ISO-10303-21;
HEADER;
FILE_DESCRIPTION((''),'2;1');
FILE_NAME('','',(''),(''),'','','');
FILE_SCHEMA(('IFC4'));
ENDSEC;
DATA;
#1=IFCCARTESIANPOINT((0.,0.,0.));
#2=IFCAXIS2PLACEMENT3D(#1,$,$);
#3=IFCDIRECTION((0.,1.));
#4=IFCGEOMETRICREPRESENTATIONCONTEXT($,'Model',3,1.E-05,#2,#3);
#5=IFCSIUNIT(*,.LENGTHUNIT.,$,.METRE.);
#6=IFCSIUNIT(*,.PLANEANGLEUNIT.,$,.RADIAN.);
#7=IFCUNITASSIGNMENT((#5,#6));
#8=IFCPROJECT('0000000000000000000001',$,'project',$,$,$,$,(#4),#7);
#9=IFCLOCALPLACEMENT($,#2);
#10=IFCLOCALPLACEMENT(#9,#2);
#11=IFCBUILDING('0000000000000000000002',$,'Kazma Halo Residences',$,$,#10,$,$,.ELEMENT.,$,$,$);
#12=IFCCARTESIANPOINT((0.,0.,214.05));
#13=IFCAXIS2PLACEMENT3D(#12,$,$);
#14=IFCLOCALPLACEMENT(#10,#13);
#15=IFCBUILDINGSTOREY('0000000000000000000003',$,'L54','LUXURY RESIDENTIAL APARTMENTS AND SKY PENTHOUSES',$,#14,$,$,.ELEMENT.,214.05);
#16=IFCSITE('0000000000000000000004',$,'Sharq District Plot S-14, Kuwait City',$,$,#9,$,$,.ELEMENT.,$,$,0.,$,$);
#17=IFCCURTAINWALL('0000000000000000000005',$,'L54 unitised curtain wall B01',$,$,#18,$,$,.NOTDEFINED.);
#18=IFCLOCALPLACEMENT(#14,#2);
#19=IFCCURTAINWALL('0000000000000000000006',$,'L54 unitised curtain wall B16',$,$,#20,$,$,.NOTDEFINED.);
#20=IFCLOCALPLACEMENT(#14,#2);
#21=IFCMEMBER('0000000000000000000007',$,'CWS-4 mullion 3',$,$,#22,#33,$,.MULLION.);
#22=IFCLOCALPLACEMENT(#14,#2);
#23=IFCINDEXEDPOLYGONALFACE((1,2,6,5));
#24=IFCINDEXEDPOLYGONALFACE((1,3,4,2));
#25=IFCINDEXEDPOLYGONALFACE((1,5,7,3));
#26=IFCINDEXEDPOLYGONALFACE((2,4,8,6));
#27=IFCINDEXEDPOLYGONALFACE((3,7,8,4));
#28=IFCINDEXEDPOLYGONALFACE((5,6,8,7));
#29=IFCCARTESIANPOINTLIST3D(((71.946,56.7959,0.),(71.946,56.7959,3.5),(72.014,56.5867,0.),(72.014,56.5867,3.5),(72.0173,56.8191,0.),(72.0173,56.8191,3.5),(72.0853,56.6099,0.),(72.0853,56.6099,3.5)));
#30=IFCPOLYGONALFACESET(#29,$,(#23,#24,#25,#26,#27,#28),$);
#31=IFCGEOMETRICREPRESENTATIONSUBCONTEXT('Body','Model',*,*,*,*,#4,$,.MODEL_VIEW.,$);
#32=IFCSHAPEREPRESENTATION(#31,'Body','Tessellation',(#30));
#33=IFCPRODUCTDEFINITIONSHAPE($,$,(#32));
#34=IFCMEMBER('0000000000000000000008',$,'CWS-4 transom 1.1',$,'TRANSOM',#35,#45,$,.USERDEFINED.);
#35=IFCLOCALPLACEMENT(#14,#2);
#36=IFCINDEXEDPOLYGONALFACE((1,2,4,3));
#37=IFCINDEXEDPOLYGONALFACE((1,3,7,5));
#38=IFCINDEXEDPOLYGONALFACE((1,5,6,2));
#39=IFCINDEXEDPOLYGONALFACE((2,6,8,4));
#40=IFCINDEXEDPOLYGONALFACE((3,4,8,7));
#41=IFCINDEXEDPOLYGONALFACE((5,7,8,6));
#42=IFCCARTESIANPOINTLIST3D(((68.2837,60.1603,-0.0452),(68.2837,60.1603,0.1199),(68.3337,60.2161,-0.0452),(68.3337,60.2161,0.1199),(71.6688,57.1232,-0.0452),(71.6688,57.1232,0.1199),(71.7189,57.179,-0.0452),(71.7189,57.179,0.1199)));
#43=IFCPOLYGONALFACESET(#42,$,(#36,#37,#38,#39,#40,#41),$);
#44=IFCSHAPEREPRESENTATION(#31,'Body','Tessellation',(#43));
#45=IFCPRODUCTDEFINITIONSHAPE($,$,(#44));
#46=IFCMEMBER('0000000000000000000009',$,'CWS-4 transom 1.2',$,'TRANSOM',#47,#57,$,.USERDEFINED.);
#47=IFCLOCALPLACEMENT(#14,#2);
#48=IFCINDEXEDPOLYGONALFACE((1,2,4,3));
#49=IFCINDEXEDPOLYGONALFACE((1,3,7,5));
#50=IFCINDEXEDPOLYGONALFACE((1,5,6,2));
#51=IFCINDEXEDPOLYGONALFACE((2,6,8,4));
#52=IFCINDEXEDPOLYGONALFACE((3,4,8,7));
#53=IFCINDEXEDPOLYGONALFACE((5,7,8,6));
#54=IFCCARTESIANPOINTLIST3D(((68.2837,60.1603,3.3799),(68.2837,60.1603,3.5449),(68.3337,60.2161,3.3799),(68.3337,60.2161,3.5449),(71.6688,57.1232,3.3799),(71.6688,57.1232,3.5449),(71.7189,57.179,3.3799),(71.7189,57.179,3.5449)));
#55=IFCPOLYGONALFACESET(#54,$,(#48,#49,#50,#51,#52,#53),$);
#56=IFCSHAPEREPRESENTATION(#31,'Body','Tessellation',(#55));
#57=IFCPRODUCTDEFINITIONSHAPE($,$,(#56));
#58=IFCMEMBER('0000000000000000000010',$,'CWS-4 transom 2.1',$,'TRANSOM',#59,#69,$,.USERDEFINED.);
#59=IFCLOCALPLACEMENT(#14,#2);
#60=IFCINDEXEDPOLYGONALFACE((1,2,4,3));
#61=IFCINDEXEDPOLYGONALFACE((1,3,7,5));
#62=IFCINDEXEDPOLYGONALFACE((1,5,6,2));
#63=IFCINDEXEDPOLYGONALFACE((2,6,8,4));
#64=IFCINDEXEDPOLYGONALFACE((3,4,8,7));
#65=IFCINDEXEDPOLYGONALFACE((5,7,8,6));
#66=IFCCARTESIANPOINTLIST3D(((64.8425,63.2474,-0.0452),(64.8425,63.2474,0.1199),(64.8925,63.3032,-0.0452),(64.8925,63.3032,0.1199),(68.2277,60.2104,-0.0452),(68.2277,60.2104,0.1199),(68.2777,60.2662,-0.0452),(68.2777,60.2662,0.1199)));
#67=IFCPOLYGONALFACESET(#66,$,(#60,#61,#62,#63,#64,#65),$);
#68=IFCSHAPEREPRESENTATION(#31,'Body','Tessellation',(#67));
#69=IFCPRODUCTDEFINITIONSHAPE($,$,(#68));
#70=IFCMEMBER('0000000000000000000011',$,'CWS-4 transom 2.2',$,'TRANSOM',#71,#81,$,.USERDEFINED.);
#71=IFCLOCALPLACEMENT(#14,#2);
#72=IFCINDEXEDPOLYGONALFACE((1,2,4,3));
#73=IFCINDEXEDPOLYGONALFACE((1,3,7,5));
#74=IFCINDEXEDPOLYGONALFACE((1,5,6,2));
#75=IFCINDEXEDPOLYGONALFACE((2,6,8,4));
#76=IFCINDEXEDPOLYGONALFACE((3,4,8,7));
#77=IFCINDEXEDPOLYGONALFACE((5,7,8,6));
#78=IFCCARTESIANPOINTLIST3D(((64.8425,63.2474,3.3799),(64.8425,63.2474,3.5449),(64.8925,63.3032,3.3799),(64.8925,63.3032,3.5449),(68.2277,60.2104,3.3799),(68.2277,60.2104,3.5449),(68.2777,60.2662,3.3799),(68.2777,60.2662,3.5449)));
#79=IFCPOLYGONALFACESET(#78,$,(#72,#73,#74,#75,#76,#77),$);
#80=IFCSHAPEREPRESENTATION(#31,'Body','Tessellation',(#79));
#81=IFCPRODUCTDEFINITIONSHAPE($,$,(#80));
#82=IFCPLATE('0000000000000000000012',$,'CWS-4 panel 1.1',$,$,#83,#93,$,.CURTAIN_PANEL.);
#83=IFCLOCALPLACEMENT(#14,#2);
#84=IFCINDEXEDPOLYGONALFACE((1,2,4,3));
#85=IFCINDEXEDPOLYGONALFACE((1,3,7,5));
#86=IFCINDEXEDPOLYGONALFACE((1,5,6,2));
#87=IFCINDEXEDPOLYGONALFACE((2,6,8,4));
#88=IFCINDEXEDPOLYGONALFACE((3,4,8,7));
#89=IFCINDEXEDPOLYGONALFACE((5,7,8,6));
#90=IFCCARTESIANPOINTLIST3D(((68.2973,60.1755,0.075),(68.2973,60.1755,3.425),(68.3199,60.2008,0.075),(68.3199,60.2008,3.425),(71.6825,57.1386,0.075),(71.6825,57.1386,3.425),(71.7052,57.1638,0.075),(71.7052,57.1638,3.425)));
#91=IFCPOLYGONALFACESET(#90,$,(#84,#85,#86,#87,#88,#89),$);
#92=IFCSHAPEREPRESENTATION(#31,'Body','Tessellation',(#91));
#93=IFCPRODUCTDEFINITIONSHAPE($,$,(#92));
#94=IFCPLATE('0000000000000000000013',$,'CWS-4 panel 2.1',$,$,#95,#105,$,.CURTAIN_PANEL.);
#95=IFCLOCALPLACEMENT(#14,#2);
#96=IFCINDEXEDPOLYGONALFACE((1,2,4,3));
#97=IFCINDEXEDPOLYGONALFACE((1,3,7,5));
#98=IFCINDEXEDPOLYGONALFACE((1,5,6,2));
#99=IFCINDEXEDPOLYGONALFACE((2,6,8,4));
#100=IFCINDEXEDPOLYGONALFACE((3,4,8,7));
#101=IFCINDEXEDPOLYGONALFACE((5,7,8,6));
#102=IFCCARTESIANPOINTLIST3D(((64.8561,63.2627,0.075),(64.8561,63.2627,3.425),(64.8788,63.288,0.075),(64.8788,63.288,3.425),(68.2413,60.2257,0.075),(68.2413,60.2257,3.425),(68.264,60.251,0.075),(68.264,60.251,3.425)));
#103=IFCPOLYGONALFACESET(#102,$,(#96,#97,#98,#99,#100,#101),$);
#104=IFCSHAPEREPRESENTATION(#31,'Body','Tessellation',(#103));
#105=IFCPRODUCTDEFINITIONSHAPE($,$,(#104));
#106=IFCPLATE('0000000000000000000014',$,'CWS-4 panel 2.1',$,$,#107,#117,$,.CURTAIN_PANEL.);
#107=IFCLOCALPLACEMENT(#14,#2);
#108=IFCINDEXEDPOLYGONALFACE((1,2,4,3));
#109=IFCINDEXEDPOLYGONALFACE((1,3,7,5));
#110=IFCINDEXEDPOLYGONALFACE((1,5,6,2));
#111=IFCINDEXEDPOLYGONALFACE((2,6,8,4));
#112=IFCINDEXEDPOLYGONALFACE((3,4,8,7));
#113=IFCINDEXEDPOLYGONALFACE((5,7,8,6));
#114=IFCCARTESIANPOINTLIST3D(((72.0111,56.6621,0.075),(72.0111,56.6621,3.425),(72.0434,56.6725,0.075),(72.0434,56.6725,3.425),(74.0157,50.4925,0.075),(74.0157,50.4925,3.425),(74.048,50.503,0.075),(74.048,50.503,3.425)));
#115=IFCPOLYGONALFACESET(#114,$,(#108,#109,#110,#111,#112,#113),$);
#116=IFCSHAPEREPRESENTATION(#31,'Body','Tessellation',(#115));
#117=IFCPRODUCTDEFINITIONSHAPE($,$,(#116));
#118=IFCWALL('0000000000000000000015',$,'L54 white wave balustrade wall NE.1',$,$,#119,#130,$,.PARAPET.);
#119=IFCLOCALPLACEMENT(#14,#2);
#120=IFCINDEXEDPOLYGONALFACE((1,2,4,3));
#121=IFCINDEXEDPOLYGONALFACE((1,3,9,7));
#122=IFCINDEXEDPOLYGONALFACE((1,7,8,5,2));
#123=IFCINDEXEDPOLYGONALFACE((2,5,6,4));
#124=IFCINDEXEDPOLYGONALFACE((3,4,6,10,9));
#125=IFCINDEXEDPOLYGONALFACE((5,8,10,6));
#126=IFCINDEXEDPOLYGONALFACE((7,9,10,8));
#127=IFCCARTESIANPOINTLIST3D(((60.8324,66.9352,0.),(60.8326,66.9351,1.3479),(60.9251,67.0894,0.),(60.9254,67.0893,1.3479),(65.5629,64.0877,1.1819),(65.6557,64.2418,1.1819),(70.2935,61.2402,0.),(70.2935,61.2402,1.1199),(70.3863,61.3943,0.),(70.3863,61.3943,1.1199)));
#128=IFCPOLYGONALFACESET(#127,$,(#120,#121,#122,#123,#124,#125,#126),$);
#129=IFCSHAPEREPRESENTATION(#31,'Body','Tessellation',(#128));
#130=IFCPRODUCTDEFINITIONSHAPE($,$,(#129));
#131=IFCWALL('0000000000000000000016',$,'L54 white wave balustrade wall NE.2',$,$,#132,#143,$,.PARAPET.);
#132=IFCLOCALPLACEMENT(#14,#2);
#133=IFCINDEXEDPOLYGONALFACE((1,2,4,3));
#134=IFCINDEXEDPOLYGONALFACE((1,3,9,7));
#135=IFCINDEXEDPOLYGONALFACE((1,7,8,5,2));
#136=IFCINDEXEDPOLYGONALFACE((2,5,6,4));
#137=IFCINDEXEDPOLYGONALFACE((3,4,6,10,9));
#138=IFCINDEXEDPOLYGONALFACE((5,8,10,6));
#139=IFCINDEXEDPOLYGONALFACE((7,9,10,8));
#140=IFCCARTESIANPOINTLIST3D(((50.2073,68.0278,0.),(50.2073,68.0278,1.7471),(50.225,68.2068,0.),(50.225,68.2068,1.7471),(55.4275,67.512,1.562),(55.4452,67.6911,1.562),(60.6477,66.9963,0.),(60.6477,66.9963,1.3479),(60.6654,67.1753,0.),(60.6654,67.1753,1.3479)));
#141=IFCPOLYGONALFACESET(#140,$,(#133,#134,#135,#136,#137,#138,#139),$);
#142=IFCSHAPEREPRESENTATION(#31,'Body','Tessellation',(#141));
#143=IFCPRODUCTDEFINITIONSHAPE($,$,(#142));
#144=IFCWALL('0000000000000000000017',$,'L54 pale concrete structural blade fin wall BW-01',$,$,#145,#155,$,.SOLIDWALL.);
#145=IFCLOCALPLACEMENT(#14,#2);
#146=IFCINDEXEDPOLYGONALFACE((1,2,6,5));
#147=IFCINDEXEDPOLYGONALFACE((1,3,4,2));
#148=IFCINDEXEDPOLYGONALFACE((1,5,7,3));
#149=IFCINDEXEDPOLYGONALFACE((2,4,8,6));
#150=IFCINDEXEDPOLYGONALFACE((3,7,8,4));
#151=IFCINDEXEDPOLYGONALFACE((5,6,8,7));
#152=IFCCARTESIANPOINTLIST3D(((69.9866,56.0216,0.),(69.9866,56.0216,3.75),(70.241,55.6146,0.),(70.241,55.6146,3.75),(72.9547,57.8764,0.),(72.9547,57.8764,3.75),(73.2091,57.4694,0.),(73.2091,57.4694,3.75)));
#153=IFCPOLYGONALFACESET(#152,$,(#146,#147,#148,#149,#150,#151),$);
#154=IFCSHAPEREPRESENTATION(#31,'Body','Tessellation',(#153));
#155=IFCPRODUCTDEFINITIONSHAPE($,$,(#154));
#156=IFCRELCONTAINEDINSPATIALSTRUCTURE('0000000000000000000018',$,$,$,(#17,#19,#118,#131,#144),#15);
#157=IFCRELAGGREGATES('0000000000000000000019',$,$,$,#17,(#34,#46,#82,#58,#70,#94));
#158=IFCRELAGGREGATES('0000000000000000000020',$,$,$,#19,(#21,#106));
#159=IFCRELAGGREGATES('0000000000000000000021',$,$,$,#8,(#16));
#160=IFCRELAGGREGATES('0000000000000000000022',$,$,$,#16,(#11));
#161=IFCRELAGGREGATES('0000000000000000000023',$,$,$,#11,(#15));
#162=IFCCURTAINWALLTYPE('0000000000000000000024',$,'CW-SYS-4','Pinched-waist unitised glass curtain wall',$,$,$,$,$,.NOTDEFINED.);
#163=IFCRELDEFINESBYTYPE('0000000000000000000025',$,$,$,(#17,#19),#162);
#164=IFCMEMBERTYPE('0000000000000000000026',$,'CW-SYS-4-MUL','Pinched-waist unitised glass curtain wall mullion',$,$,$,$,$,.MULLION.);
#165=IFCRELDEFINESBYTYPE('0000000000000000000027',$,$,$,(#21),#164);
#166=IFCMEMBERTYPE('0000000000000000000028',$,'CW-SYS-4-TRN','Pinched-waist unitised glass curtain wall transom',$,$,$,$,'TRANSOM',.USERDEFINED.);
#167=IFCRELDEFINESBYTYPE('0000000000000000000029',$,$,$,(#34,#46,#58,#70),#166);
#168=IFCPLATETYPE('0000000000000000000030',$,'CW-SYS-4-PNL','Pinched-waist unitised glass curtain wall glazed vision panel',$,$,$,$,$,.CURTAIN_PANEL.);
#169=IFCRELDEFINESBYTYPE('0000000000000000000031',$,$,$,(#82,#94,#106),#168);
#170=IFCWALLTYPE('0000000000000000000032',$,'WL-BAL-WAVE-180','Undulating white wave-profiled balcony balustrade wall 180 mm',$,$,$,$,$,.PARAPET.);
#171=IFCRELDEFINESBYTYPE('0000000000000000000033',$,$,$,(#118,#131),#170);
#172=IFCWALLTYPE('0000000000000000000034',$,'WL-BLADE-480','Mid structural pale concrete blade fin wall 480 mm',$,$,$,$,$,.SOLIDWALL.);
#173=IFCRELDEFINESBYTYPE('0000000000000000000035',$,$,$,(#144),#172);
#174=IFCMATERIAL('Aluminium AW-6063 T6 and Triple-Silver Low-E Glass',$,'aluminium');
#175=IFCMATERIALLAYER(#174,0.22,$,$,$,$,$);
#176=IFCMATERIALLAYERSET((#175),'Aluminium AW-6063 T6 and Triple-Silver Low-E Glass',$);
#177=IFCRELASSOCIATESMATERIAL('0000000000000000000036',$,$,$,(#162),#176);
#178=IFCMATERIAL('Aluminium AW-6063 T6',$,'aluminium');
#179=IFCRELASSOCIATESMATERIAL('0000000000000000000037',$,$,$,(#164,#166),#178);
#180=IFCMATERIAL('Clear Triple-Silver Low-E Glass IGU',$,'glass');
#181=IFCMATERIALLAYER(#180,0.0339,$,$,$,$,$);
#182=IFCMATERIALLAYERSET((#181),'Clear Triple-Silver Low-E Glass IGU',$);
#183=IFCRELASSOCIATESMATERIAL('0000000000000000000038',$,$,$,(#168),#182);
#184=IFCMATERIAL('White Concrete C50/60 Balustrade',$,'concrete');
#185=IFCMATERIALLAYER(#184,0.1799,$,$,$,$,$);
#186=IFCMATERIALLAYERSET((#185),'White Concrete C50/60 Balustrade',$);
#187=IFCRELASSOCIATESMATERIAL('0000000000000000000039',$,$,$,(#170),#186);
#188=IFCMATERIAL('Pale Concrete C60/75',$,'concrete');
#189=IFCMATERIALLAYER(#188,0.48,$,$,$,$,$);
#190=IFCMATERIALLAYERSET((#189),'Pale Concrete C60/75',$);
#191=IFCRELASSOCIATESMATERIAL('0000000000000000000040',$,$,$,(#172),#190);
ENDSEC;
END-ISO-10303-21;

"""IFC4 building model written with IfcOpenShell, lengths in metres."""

from ifc_helpers import new_model, si_unit, direction, frame, frame_2d, origin, origin_2d, place, context, subcontext, project, spatial, polyline, rectangle, outline, extrude, material, layer, layer_set, material_profile, profile_set, type_object, element, aggregate, save


model = new_model("IFC4")

# Units and contexts
model_context = context("Model", 3, precision=1e-05, world=origin(), true_north=direction((0.0, 1.0)))
body_context = subcontext(model_context, "Body", "Model", "MODEL_VIEW")
ifc_project = project(units=[si_unit("LENGTHUNIT", "METRE"), si_unit("PLANEANGLEUNIT", "RADIAN")], contexts=[model_context])

# Site, building, storey
site_placement = place(None, origin())
site = spatial("IfcSite", under=ifc_project, at=site_placement, Name="Sharq District Plot S-14, Kuwait City", CompositionType="ELEMENT", RefElevation=0.0)
building_placement = place(site_placement, origin())
building = spatial("IfcBuilding", under=site, at=building_placement, Name="Kazma Halo Residences", CompositionType="ELEMENT")
storey_placement = place(building_placement, frame((0.0, 0.0, 214.05)))
storey = spatial("IfcBuildingStorey", under=building, at=storey_placement, Name="L54", Description="LUXURY RESIDENTIAL APARTMENTS AND SKY PENTHOUSES", CompositionType="ELEMENT", Elevation=214.05)

# Curtain wall
ifc_material_1 = material(Name="Aluminium AW-6063 T6 and Triple-Silver Low-E Glass", Category="aluminium")
ifc_layer_1 = layer(ifc_material_1, 0.22)
ifc_layer_set_1 = layer_set([ifc_layer_1], Name="Aluminium AW-6063 T6 and Triple-Silver Low-E Glass")
curtain_wall_type = type_object("IfcCurtainWallType", Name="CW-SYS-4", Description="Pinched-waist unitised glass curtain wall", PredefinedType="NOTDEFINED", material=ifc_layer_set_1)
curtain_wall_1_placement = place(storey_placement, origin())
curtain_wall_1 = element("IfcCurtainWall", 1, at=curtain_wall_1_placement, inside=storey, type_object=curtain_wall_type, Name="L54 unitised curtain wall B01", PredefinedType="NOTDEFINED")
ifc_material_2 = material(Name="Aluminium AW-6063 T6", Category="aluminium")
ifc_material_profile_1 = material_profile(ifc_material_2, rectangle(XDim=0.075, YDim=0.22, at=origin_2d()), Name="CWM-75x220")
ifc_profile_set_1 = profile_set([ifc_material_profile_1], Name="Aluminium AW-6063 T6")
member_type_1 = type_object("IfcMemberType", Name="CW-SYS-4-MUL", Description="Pinched-waist unitised glass curtain wall mullion", PredefinedType="MULLION", material=ifc_profile_set_1)

# Curtain wall, member
curtain_wall_2_placement = place(storey_placement, origin())
curtain_wall_2 = element("IfcCurtainWall", 2, at=curtain_wall_2_placement, inside=storey, type_object=curtain_wall_type, Name="L54 unitised curtain wall B16", PredefinedType="NOTDEFINED")
member_1_placement = place(storey_placement, frame((72.0156, 56.7029, 0.0), z_axis=(0.0, 0.0, 1.0), x_axis=(-0.951057, -0.309016, 0.0)))
member_1 = element("IfcMember", 3, at=member_1_placement, type_object=member_type_1, Name="CWS-4 mullion 3", PredefinedType="MULLION", context=body_context, shape_type="SweptSolid", body=[
    extrude(rectangle(XDim=0.075, YDim=0.22, at=origin_2d()), origin(), (0.0, 0.0, 1.0), 3.5),
])

# Members
ifc_material_profile_2 = material_profile(ifc_material_2, rectangle(XDim=0.075, YDim=0.165, at=origin_2d()), Name="CWT-75x165")
ifc_profile_set_2 = profile_set([ifc_material_profile_2], Name="Aluminium AW-6063 T6")
member_type_2 = type_object("IfcMemberType", Name="CW-SYS-4-TRN", Description="Pinched-waist unitised glass curtain wall transom", ElementType="TRANSOM", PredefinedType="USERDEFINED", material=ifc_profile_set_2)
member_2_placement = place(storey_placement, frame((71.6938, 57.1511, 0.0374), z_axis=(-0.744345, 0.667795, 0.0), x_axis=(-0.667795, -0.744345, 0.0)))
member_2 = element("IfcMember", 4, at=member_2_placement, type_object=member_type_2, Name="CWS-4 transom 1.1", ObjectType="TRANSOM", PredefinedType="USERDEFINED", context=body_context, shape_type="SweptSolid", body=[
    extrude(rectangle(XDim=0.075, YDim=0.165, at=origin_2d()), origin(), (0.0, 0.0, 1.0), 4.5479),
])
member_3_placement = place(storey_placement, frame((71.6938, 57.1511, 3.4624), z_axis=(-0.744345, 0.667795, 0.0), x_axis=(-0.667795, -0.744345, 0.0)))
member_3 = element("IfcMember", 5, at=member_3_placement, type_object=member_type_2, Name="CWS-4 transom 1.2", ObjectType="TRANSOM", PredefinedType="USERDEFINED", context=body_context, shape_type="SweptSolid", body=[
    extrude(rectangle(XDim=0.075, YDim=0.165, at=origin_2d()), origin(), (0.0, 0.0, 1.0), 4.5479),
])
member_4_placement = place(storey_placement, frame((68.2527, 60.2383, 0.0374), z_axis=(-0.744345, 0.667795, 0.0), x_axis=(-0.667795, -0.744345, 0.0)))
member_4 = element("IfcMember", 6, at=member_4_placement, type_object=member_type_2, Name="CWS-4 transom 2.1", ObjectType="TRANSOM", PredefinedType="USERDEFINED", context=body_context, shape_type="SweptSolid", body=[
    extrude(rectangle(XDim=0.075, YDim=0.165, at=origin_2d()), origin(), (0.0, 0.0, 1.0), 4.5479),
])
member_5_placement = place(storey_placement, frame((68.2527, 60.2383, 3.4624), z_axis=(-0.744345, 0.667795, 0.0), x_axis=(-0.667795, -0.744345, 0.0)))
member_5 = element("IfcMember", 7, at=member_5_placement, type_object=member_type_2, Name="CWS-4 transom 2.2", ObjectType="TRANSOM", PredefinedType="USERDEFINED", context=body_context, shape_type="SweptSolid", body=[
    extrude(rectangle(XDim=0.075, YDim=0.165, at=origin_2d()), origin(), (0.0, 0.0, 1.0), 4.5479),
])

# Plates
ifc_material_3 = material(Name="Clear Triple-Silver Low-E Glass IGU", Category="glass")
ifc_layer_2 = layer(ifc_material_3, 0.0339)
ifc_layer_set_2 = layer_set([ifc_layer_2], Name="Clear Triple-Silver Low-E Glass IGU")
plate_type = type_object("IfcPlateType", Name="CW-SYS-4-PNL", Description="Pinched-waist unitised glass curtain wall glazed vision panel", PredefinedType="CURTAIN_PANEL", material=ifc_layer_set_2)
plate_1_placement = place(storey_placement, frame((70.0012, 58.6697, 0.075), z_axis=(0.0, 0.0, 1.0), x_axis=(-0.744355, 0.667784, 0.0)))
plate_1 = element("IfcPlate", 8, at=plate_1_placement, type_object=plate_type, Name="CWS-4 panel 1.1", PredefinedType="CURTAIN_PANEL", context=body_context, shape_type="SweptSolid", body=[
    extrude(rectangle(XDim=4.5479, YDim=0.0339, at=origin_2d()), origin(), (0.0, 0.0, 1.0), 3.3501),
])
plate_2_placement = place(storey_placement, frame((66.5601, 61.7568, 0.075), z_axis=(0.0, 0.0, 1.0), x_axis=(-0.744355, 0.667784, 0.0)))
plate_2 = element("IfcPlate", 9, at=plate_2_placement, type_object=plate_type, Name="CWS-4 panel 2.1", PredefinedType="CURTAIN_PANEL", context=body_context, shape_type="SweptSolid", body=[
    extrude(rectangle(XDim=4.5479, YDim=0.0339, at=origin_2d()), origin(), (0.0, 0.0, 1.0), 3.3501),
])
aggregate(curtain_wall_1, [member_2, member_3, plate_1, member_4, member_5, plate_2])
plate_3_placement = place(storey_placement, frame((73.0295, 53.5825, 0.075), z_axis=(0.0, 0.0, 1.0), x_axis=(-0.309016, 0.951057, 0.0)))
plate_3 = element("IfcPlate", 10, at=plate_3_placement, type_object=plate_type, Name="CWS-4 panel 2.1", PredefinedType="CURTAIN_PANEL", context=body_context, shape_type="SweptSolid", body=[
    extrude(rectangle(XDim=6.4871, YDim=0.0339, at=origin_2d()), origin(), (0.0, 0.0, 1.0), 3.3501),
])
aggregate(curtain_wall_2, [member_1, plate_3])

# Walls
ifc_material_4 = material(Name="White Concrete C50/60 Balustrade", Category="concrete")
ifc_layer_3 = layer(ifc_material_4, 0.1799)
ifc_layer_set_3 = layer_set([ifc_layer_3], Name="White Concrete C50/60 Balustrade")
wall_type_1 = type_object("IfcWallType", Name="WL-BAL-WAVE-180", Description="Undulating white wave-profiled balcony balustrade wall 180 mm", PredefinedType="PARAPET", material=ifc_layer_set_3)
wall_1_placement = place(storey_placement, frame((70.3398, 61.3171, 0.0), z_axis=(0.0, 0.0, 1.0), x_axis=(-0.856759, 0.515718, 0.0)))
element("IfcWall", 11, at=wall_1_placement, inside=storey, type_object=wall_type_1, Name="L54 white wave balustrade wall NE.1", PredefinedType="PARAPET", context=body_context, shape_type="SweptSolid", body=[
    extrude(outline(polyline([(0.0, 0.0), (11.043, 0.0), (11.0427, 1.3479), (5.5215, 1.1819), (0.0, 1.1199), (0.0, 0.0)])), frame((0.0, 0.0898, 0.0), z_axis=(0.0, -1.0, 0.0), x_axis=(1.0, 0.0, 0.0)), (0.0, 0.0, 1.0), 0.1799),
])
wall_2_placement = place(storey_placement, frame((60.6565, 67.0857, 0.0), z_axis=(0.0, 0.0, 1.0), x_axis=(-0.995155, 0.098319, 0.0)))
element("IfcWall", 12, at=wall_2_placement, inside=storey, type_object=wall_type_1, Name="L54 white wave balustrade wall NE.2", PredefinedType="PARAPET", context=body_context, shape_type="SweptSolid", body=[
    extrude(outline(polyline([(0.0, 0.0), (10.4912, 0.0), (10.4912, 1.7471), (5.2456, 1.562), (0.0, 1.3479), (0.0, 0.0)])), frame((0.0, 0.0898, 0.0), z_axis=(0.0, -1.0, 0.0), x_axis=(1.0, 0.0, 0.0)), (0.0, 0.0, 1.0), 0.1799),
])
ifc_material_5 = material(Name="Pale Concrete C60/75", Category="concrete")
ifc_layer_4 = layer(ifc_material_5, 0.48)
ifc_layer_set_4 = layer_set([ifc_layer_4], Name="Pale Concrete C60/75")
wall_type_2 = type_object("IfcWallType", Name="WL-BLADE-480", Description="Mid structural pale concrete blade fin wall 480 mm", PredefinedType="SOLIDWALL", material=ifc_layer_set_4)
wall_3_placement = place(storey_placement, frame((70.1138, 55.8181, 0.0), z_axis=(0.0, 0.0, 1.0), x_axis=(0.848034, 0.529943, 0.0)))
element("IfcWall", 13, at=wall_3_placement, inside=storey, type_object=wall_type_2, Name="L54 pale concrete structural blade fin wall BW-01", PredefinedType="SOLIDWALL", context=body_context, shape_type="SweptSolid", body=[
    extrude(rectangle(XDim=3.5, YDim=0.48, at=frame_2d((1.75, 0.0))), origin(), (0.0, 0.0, 1.0), 3.75),
])

save(model, "model.ifc")
